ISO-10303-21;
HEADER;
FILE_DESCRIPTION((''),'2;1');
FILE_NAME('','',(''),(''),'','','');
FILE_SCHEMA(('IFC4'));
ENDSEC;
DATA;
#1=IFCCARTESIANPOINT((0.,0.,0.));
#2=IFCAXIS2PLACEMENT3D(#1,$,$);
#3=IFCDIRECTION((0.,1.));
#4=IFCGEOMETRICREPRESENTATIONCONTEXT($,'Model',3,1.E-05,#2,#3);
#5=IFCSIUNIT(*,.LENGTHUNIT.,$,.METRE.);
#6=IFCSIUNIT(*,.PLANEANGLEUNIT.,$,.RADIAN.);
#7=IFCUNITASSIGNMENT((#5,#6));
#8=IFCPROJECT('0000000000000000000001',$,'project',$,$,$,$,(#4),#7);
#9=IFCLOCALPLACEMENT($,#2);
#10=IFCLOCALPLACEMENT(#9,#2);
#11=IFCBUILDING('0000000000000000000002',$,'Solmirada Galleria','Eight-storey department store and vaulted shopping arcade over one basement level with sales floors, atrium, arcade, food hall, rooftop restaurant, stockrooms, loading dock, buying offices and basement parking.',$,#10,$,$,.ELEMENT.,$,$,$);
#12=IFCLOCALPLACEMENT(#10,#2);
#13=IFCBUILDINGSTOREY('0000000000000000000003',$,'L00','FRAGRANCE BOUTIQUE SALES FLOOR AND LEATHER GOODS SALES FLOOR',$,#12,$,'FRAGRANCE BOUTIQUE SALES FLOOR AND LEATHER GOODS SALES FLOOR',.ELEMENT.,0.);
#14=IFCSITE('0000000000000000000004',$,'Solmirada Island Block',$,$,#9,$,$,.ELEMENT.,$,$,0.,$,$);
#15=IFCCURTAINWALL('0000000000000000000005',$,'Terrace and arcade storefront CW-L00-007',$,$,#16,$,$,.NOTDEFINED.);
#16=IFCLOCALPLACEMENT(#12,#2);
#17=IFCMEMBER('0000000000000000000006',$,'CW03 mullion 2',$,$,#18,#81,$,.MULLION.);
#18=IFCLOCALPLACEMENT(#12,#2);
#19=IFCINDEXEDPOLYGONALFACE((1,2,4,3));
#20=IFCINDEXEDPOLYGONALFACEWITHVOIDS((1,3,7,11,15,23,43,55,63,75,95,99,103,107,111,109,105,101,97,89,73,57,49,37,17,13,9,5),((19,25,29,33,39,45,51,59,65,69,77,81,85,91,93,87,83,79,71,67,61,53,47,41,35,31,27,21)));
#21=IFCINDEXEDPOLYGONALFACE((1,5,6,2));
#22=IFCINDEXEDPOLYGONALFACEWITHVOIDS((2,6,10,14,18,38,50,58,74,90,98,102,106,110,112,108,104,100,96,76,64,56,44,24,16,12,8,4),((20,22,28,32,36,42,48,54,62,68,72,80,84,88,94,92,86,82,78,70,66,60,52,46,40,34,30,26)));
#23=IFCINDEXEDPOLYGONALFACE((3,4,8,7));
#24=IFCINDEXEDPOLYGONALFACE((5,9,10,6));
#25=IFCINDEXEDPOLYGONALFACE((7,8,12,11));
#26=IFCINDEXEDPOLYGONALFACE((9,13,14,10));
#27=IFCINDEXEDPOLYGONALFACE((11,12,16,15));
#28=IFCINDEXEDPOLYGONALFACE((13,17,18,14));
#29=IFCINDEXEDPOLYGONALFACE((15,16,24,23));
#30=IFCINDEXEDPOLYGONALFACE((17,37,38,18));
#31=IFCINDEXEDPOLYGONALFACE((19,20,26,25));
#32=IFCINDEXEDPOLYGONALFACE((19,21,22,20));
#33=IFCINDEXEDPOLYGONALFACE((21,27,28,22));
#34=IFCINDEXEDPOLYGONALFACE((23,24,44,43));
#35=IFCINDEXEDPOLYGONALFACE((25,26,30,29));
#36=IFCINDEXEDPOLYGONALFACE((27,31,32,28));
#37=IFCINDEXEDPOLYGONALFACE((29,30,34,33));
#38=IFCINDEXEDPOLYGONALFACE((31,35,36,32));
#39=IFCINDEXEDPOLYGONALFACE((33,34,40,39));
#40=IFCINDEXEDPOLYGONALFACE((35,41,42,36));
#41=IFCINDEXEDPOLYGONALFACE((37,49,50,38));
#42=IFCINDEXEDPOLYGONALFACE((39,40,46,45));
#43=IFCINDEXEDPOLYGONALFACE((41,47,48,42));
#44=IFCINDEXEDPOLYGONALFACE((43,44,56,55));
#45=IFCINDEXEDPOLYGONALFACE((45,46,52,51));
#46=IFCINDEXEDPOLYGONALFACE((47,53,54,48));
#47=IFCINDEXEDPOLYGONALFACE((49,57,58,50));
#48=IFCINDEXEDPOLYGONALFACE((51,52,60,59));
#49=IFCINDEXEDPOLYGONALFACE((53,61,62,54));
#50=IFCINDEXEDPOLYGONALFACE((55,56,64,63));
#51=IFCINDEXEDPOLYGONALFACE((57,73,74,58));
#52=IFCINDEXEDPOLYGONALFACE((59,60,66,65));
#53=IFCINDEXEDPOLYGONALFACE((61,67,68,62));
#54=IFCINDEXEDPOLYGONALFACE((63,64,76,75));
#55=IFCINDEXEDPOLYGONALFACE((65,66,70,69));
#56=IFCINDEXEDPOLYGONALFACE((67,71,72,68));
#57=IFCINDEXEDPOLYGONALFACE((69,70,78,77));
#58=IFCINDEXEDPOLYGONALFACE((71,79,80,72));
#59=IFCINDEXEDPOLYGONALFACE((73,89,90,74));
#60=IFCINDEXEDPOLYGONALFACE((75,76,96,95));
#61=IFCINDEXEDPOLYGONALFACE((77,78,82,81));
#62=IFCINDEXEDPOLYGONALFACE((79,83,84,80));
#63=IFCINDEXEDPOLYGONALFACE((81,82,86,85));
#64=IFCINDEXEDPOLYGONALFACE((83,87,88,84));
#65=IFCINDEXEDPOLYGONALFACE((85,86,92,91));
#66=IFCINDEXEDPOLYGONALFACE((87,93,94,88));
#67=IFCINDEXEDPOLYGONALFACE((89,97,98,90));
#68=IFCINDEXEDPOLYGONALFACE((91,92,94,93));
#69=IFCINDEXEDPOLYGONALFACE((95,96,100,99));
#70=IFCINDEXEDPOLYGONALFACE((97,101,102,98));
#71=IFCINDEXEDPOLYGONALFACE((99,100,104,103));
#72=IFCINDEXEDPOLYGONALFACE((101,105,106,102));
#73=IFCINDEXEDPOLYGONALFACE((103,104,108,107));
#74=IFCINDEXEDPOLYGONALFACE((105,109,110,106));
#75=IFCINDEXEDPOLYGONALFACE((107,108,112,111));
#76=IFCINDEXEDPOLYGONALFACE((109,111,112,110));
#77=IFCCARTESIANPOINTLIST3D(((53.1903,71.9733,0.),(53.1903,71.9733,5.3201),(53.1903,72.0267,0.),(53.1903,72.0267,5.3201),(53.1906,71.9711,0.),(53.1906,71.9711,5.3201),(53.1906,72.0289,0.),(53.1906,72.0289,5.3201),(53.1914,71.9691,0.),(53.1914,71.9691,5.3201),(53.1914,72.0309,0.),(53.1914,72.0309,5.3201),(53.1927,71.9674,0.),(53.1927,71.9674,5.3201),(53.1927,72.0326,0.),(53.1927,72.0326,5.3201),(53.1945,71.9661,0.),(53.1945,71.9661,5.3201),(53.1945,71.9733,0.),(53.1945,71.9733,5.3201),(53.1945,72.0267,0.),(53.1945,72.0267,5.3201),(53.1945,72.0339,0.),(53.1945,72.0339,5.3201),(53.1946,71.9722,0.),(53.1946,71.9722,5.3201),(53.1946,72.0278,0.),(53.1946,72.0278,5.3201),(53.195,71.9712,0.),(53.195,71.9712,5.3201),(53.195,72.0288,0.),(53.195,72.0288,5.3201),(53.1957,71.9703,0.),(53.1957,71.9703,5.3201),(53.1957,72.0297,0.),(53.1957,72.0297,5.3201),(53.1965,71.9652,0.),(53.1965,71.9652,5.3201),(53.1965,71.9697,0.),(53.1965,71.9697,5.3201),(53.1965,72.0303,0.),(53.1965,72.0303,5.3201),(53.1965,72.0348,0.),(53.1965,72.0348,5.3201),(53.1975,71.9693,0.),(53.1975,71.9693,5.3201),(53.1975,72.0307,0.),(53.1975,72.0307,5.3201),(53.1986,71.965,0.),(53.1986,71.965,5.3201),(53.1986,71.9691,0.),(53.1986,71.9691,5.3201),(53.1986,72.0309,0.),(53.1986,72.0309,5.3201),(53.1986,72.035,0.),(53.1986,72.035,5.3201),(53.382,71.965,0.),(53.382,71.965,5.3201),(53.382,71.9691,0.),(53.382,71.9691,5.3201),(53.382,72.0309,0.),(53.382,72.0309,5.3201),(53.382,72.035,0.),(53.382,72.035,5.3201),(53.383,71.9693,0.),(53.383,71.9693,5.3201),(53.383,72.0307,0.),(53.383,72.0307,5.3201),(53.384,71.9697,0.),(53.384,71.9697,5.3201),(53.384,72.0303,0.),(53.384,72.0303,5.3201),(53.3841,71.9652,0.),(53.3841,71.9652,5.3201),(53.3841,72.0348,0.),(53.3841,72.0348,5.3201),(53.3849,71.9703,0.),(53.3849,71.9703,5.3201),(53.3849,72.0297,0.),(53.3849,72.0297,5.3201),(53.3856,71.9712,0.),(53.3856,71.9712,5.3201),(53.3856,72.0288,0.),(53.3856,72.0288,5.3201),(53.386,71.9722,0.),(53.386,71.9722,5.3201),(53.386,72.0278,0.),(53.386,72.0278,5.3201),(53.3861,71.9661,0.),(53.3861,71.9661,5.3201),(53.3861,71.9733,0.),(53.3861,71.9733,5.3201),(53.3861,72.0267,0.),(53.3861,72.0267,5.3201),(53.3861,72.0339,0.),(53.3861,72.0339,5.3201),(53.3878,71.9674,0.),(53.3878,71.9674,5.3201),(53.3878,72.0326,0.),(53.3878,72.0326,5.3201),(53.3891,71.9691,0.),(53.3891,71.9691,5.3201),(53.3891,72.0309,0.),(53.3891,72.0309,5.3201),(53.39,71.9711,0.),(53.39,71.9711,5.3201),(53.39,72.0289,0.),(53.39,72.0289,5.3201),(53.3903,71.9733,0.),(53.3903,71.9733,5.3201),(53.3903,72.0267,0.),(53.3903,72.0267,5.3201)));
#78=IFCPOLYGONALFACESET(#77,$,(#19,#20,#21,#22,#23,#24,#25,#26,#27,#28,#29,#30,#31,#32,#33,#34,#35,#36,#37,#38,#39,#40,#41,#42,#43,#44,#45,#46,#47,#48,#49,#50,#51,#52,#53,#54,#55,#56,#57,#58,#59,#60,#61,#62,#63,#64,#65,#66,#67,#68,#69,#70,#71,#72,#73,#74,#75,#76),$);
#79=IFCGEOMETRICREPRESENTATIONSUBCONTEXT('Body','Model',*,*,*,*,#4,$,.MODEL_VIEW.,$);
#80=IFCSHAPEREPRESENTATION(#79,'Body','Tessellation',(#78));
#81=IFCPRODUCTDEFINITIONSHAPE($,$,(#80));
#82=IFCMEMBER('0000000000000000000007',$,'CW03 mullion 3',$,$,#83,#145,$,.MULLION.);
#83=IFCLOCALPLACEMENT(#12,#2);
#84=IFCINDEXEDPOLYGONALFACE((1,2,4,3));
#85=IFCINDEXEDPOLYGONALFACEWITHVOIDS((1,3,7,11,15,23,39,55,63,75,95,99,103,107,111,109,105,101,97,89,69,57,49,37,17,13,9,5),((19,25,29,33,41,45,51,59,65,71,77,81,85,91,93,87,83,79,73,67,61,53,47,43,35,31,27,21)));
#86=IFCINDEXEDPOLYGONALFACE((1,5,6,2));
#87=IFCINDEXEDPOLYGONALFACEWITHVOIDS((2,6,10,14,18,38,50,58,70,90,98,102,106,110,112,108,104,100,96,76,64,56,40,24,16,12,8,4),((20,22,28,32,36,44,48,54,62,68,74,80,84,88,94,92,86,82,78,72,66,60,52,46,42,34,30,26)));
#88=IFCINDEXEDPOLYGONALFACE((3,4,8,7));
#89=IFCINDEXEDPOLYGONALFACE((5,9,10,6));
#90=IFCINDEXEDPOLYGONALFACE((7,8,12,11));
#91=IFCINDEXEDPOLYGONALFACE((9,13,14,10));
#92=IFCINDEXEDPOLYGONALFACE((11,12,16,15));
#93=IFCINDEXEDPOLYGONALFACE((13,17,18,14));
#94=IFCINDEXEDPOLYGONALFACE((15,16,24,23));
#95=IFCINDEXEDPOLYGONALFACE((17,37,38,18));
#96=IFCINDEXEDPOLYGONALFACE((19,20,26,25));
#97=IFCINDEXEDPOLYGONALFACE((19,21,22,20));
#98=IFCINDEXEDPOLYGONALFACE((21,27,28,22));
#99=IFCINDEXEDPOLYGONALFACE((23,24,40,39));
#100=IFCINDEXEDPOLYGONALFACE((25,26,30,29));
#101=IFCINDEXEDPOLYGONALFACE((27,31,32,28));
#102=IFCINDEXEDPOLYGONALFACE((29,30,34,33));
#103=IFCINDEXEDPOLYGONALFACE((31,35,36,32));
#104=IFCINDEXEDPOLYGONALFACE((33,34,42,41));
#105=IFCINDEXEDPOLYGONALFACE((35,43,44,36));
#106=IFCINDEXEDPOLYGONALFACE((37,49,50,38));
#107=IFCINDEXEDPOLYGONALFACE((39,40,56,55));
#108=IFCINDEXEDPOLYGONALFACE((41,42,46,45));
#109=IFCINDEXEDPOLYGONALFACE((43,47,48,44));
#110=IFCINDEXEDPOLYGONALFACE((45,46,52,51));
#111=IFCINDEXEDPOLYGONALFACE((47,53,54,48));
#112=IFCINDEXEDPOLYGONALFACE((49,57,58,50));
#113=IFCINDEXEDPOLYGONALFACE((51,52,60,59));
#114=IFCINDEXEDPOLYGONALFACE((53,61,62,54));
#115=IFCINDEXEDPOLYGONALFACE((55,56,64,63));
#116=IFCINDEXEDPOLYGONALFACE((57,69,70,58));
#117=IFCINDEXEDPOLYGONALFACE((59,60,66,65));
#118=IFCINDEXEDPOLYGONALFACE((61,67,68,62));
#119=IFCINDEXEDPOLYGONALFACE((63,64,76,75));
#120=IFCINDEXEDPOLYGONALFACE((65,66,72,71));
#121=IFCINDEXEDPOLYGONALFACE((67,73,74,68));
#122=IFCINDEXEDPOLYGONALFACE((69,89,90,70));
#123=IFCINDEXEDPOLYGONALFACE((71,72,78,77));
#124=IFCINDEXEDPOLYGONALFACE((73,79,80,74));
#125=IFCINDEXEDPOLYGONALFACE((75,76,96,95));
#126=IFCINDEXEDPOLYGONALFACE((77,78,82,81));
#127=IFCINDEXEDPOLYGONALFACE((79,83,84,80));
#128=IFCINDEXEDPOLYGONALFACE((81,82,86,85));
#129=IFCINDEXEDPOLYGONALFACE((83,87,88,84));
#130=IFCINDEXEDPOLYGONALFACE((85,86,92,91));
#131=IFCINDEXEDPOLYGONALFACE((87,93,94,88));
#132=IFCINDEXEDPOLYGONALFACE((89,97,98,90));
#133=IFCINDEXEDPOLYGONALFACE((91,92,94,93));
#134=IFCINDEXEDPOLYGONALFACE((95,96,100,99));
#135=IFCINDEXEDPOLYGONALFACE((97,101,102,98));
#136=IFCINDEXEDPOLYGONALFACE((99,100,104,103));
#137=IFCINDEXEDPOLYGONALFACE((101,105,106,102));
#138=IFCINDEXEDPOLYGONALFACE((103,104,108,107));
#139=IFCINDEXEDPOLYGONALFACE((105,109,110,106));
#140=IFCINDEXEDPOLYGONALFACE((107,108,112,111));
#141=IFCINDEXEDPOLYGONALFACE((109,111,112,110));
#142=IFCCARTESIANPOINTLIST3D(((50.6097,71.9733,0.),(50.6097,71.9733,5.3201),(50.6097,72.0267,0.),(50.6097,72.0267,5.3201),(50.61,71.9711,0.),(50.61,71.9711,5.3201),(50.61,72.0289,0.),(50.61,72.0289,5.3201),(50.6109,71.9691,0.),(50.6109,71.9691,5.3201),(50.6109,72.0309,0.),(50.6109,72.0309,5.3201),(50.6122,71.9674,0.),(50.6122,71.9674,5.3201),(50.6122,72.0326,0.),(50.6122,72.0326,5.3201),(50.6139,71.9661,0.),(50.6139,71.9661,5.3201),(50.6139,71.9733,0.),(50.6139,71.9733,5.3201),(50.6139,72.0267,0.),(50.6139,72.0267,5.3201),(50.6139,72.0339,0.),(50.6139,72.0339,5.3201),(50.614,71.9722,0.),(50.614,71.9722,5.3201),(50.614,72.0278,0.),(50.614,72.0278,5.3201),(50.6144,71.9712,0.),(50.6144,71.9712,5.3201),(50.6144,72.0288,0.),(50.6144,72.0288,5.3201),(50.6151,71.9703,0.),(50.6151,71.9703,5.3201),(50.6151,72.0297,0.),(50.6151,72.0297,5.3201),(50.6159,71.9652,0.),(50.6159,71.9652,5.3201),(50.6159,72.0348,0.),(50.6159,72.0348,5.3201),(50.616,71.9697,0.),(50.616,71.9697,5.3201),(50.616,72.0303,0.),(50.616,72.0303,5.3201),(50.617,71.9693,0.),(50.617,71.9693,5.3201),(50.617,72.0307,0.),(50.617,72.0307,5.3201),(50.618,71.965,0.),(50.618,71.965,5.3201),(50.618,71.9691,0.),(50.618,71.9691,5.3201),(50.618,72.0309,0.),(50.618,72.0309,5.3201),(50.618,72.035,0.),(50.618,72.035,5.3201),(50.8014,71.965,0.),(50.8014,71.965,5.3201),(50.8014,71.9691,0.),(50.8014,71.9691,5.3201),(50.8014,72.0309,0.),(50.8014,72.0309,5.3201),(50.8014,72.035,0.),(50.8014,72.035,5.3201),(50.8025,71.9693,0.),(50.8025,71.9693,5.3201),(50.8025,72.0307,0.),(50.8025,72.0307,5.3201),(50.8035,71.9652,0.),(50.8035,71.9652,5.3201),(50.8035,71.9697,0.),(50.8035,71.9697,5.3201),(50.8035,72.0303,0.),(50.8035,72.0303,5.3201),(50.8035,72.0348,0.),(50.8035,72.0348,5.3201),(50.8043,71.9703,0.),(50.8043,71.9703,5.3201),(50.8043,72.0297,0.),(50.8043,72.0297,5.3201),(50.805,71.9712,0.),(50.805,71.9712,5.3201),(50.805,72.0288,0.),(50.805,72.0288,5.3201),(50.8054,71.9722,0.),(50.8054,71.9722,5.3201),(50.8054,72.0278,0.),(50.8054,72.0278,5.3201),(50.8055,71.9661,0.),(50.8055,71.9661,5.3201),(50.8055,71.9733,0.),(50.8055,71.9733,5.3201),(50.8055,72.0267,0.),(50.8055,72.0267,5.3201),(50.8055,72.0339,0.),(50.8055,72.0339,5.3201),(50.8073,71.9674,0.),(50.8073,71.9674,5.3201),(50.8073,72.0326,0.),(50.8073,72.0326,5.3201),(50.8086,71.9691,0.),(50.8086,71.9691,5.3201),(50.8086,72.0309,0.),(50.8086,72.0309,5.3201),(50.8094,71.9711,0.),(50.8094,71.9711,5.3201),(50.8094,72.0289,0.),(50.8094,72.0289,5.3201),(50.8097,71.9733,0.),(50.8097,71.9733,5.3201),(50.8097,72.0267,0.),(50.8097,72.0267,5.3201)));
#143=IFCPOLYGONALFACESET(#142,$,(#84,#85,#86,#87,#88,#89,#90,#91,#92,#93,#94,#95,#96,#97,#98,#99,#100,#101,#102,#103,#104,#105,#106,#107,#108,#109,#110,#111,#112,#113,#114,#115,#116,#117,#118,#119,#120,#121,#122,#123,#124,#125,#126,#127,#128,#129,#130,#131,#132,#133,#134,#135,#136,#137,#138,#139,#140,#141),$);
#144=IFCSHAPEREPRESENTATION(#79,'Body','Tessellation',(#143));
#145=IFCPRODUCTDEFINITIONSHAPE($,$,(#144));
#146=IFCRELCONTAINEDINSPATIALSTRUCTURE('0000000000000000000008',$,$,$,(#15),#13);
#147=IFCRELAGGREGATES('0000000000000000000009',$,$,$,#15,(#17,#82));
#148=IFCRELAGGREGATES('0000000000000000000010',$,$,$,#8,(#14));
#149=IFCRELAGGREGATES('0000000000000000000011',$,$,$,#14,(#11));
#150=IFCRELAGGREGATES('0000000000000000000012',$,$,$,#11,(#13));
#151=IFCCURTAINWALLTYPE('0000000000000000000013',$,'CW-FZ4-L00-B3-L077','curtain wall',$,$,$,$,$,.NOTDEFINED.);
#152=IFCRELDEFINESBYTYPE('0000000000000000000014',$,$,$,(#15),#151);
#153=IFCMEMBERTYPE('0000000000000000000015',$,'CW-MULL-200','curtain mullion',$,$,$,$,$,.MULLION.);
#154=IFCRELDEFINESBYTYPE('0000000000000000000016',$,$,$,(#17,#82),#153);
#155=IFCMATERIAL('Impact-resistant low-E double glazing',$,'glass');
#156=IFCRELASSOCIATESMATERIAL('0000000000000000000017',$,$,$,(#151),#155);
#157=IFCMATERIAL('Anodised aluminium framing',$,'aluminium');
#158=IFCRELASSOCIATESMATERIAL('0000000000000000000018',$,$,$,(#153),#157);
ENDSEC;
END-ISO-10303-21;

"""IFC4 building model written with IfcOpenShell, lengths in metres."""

from ifc_helpers import new_model, si_unit, direction, frame, origin, origin_2d, place, context, subcontext, project, spatial, hollow_rectangle, extrude, material, material_profile, profile_set, type_object, element, aggregate, save


model = new_model("IFC4")

# Units and contexts
model_context = context("Model", 3, precision=1e-05, world=origin(), true_north=direction((0.0, 1.0)))
body_context = subcontext(model_context, "Body", "Model", "MODEL_VIEW")
ifc_project = project(units=[si_unit("LENGTHUNIT", "METRE"), si_unit("PLANEANGLEUNIT", "RADIAN")], contexts=[model_context])

# Site, building, storey
site_placement = place(None, origin())
site = spatial("IfcSite", under=ifc_project, at=site_placement, Name="Solmirada Island Block", CompositionType="ELEMENT", RefElevation=0.0)
building_placement = place(site_placement, origin())
building = spatial("IfcBuilding", under=site, at=building_placement, Name="Solmirada Galleria", Description="Eight-storey department store and vaulted shopping arcade over one basement level with sales floors, atrium, arcade, food hall, rooftop restaurant, stockrooms, loading dock, buying offices and basement parking.", CompositionType="ELEMENT")
storey_placement = place(building_placement, origin())
storey = spatial("IfcBuildingStorey", under=building, at=storey_placement, Name="L00", Description="FRAGRANCE BOUTIQUE SALES FLOOR AND LEATHER GOODS SALES FLOOR", LongName="FRAGRANCE BOUTIQUE SALES FLOOR AND LEATHER GOODS SALES FLOOR", CompositionType="ELEMENT", Elevation=0.0)

# Curtain wall, members
ifc_material_1 = material(Name="Impact-resistant low-E double glazing", Category="glass")
curtain_wall_type_1 = type_object("IfcCurtainWallType", Name="CW-FZ4-L00-B3-L077", Description="curtain wall", PredefinedType="NOTDEFINED", material=ifc_material_1)
curtain_wall_1_placement = place(storey_placement, origin())
curtain_wall_1 = element("IfcCurtainWall", 1, at=curtain_wall_1_placement, inside=storey, type_object=curtain_wall_type_1, Name="Terrace and arcade storefront CW-L00-007", PredefinedType="NOTDEFINED")
ifc_material_2 = material(Name="Anodised aluminium framing", Category="aluminium")
ifc_material_profile_1 = material_profile(ifc_material_2, hollow_rectangle(XDim=0.0701, YDim=0.2, WallThickness=0.0042, InnerFilletRadius=0.0042, OuterFilletRadius=0.0083, at=origin_2d()), Name="ALU-MULL-200X70")
ifc_profile_set_1 = profile_set([ifc_material_profile_1], Name="Anodised aluminium framing")
member_type_1 = type_object("IfcMemberType", Name="CW-MULL-200", Description="curtain mullion", PredefinedType="MULLION", material=ifc_profile_set_1)
member_1_placement = place(storey_placement, frame((53.2903, 72.0, 0.0), z_axis=(0.0, 0.0, 1.0), x_axis=(0.0, -1.0, 0.0)))
member_1 = element("IfcMember", 2, at=member_1_placement, type_object=member_type_1, Name="CW03 mullion 2", PredefinedType="MULLION", context=body_context, shape_type="SweptSolid", body=[
    extrude(hollow_rectangle(XDim=0.0701, YDim=0.2, WallThickness=0.0042, InnerFilletRadius=0.0042, OuterFilletRadius=0.0083, at=origin_2d()), origin(), (0.0, 0.0, 1.0), 5.3201),
])
member_2_placement = place(storey_placement, frame((50.7097, 72.0, 0.0), z_axis=(0.0, 0.0, 1.0), x_axis=(0.0, -1.0, 0.0)))
member_2 = element("IfcMember", 3, at=member_2_placement, type_object=member_type_1, Name="CW03 mullion 3", PredefinedType="MULLION", context=body_context, shape_type="SweptSolid", body=[
    extrude(hollow_rectangle(XDim=0.0701, YDim=0.2, WallThickness=0.0042, InnerFilletRadius=0.0042, OuterFilletRadius=0.0083, at=origin_2d()), origin(), (0.0, 0.0, 1.0), 5.3201),
])

aggregate(curtain_wall_1, [member_1, member_2])

save(model, "model.ifc")
